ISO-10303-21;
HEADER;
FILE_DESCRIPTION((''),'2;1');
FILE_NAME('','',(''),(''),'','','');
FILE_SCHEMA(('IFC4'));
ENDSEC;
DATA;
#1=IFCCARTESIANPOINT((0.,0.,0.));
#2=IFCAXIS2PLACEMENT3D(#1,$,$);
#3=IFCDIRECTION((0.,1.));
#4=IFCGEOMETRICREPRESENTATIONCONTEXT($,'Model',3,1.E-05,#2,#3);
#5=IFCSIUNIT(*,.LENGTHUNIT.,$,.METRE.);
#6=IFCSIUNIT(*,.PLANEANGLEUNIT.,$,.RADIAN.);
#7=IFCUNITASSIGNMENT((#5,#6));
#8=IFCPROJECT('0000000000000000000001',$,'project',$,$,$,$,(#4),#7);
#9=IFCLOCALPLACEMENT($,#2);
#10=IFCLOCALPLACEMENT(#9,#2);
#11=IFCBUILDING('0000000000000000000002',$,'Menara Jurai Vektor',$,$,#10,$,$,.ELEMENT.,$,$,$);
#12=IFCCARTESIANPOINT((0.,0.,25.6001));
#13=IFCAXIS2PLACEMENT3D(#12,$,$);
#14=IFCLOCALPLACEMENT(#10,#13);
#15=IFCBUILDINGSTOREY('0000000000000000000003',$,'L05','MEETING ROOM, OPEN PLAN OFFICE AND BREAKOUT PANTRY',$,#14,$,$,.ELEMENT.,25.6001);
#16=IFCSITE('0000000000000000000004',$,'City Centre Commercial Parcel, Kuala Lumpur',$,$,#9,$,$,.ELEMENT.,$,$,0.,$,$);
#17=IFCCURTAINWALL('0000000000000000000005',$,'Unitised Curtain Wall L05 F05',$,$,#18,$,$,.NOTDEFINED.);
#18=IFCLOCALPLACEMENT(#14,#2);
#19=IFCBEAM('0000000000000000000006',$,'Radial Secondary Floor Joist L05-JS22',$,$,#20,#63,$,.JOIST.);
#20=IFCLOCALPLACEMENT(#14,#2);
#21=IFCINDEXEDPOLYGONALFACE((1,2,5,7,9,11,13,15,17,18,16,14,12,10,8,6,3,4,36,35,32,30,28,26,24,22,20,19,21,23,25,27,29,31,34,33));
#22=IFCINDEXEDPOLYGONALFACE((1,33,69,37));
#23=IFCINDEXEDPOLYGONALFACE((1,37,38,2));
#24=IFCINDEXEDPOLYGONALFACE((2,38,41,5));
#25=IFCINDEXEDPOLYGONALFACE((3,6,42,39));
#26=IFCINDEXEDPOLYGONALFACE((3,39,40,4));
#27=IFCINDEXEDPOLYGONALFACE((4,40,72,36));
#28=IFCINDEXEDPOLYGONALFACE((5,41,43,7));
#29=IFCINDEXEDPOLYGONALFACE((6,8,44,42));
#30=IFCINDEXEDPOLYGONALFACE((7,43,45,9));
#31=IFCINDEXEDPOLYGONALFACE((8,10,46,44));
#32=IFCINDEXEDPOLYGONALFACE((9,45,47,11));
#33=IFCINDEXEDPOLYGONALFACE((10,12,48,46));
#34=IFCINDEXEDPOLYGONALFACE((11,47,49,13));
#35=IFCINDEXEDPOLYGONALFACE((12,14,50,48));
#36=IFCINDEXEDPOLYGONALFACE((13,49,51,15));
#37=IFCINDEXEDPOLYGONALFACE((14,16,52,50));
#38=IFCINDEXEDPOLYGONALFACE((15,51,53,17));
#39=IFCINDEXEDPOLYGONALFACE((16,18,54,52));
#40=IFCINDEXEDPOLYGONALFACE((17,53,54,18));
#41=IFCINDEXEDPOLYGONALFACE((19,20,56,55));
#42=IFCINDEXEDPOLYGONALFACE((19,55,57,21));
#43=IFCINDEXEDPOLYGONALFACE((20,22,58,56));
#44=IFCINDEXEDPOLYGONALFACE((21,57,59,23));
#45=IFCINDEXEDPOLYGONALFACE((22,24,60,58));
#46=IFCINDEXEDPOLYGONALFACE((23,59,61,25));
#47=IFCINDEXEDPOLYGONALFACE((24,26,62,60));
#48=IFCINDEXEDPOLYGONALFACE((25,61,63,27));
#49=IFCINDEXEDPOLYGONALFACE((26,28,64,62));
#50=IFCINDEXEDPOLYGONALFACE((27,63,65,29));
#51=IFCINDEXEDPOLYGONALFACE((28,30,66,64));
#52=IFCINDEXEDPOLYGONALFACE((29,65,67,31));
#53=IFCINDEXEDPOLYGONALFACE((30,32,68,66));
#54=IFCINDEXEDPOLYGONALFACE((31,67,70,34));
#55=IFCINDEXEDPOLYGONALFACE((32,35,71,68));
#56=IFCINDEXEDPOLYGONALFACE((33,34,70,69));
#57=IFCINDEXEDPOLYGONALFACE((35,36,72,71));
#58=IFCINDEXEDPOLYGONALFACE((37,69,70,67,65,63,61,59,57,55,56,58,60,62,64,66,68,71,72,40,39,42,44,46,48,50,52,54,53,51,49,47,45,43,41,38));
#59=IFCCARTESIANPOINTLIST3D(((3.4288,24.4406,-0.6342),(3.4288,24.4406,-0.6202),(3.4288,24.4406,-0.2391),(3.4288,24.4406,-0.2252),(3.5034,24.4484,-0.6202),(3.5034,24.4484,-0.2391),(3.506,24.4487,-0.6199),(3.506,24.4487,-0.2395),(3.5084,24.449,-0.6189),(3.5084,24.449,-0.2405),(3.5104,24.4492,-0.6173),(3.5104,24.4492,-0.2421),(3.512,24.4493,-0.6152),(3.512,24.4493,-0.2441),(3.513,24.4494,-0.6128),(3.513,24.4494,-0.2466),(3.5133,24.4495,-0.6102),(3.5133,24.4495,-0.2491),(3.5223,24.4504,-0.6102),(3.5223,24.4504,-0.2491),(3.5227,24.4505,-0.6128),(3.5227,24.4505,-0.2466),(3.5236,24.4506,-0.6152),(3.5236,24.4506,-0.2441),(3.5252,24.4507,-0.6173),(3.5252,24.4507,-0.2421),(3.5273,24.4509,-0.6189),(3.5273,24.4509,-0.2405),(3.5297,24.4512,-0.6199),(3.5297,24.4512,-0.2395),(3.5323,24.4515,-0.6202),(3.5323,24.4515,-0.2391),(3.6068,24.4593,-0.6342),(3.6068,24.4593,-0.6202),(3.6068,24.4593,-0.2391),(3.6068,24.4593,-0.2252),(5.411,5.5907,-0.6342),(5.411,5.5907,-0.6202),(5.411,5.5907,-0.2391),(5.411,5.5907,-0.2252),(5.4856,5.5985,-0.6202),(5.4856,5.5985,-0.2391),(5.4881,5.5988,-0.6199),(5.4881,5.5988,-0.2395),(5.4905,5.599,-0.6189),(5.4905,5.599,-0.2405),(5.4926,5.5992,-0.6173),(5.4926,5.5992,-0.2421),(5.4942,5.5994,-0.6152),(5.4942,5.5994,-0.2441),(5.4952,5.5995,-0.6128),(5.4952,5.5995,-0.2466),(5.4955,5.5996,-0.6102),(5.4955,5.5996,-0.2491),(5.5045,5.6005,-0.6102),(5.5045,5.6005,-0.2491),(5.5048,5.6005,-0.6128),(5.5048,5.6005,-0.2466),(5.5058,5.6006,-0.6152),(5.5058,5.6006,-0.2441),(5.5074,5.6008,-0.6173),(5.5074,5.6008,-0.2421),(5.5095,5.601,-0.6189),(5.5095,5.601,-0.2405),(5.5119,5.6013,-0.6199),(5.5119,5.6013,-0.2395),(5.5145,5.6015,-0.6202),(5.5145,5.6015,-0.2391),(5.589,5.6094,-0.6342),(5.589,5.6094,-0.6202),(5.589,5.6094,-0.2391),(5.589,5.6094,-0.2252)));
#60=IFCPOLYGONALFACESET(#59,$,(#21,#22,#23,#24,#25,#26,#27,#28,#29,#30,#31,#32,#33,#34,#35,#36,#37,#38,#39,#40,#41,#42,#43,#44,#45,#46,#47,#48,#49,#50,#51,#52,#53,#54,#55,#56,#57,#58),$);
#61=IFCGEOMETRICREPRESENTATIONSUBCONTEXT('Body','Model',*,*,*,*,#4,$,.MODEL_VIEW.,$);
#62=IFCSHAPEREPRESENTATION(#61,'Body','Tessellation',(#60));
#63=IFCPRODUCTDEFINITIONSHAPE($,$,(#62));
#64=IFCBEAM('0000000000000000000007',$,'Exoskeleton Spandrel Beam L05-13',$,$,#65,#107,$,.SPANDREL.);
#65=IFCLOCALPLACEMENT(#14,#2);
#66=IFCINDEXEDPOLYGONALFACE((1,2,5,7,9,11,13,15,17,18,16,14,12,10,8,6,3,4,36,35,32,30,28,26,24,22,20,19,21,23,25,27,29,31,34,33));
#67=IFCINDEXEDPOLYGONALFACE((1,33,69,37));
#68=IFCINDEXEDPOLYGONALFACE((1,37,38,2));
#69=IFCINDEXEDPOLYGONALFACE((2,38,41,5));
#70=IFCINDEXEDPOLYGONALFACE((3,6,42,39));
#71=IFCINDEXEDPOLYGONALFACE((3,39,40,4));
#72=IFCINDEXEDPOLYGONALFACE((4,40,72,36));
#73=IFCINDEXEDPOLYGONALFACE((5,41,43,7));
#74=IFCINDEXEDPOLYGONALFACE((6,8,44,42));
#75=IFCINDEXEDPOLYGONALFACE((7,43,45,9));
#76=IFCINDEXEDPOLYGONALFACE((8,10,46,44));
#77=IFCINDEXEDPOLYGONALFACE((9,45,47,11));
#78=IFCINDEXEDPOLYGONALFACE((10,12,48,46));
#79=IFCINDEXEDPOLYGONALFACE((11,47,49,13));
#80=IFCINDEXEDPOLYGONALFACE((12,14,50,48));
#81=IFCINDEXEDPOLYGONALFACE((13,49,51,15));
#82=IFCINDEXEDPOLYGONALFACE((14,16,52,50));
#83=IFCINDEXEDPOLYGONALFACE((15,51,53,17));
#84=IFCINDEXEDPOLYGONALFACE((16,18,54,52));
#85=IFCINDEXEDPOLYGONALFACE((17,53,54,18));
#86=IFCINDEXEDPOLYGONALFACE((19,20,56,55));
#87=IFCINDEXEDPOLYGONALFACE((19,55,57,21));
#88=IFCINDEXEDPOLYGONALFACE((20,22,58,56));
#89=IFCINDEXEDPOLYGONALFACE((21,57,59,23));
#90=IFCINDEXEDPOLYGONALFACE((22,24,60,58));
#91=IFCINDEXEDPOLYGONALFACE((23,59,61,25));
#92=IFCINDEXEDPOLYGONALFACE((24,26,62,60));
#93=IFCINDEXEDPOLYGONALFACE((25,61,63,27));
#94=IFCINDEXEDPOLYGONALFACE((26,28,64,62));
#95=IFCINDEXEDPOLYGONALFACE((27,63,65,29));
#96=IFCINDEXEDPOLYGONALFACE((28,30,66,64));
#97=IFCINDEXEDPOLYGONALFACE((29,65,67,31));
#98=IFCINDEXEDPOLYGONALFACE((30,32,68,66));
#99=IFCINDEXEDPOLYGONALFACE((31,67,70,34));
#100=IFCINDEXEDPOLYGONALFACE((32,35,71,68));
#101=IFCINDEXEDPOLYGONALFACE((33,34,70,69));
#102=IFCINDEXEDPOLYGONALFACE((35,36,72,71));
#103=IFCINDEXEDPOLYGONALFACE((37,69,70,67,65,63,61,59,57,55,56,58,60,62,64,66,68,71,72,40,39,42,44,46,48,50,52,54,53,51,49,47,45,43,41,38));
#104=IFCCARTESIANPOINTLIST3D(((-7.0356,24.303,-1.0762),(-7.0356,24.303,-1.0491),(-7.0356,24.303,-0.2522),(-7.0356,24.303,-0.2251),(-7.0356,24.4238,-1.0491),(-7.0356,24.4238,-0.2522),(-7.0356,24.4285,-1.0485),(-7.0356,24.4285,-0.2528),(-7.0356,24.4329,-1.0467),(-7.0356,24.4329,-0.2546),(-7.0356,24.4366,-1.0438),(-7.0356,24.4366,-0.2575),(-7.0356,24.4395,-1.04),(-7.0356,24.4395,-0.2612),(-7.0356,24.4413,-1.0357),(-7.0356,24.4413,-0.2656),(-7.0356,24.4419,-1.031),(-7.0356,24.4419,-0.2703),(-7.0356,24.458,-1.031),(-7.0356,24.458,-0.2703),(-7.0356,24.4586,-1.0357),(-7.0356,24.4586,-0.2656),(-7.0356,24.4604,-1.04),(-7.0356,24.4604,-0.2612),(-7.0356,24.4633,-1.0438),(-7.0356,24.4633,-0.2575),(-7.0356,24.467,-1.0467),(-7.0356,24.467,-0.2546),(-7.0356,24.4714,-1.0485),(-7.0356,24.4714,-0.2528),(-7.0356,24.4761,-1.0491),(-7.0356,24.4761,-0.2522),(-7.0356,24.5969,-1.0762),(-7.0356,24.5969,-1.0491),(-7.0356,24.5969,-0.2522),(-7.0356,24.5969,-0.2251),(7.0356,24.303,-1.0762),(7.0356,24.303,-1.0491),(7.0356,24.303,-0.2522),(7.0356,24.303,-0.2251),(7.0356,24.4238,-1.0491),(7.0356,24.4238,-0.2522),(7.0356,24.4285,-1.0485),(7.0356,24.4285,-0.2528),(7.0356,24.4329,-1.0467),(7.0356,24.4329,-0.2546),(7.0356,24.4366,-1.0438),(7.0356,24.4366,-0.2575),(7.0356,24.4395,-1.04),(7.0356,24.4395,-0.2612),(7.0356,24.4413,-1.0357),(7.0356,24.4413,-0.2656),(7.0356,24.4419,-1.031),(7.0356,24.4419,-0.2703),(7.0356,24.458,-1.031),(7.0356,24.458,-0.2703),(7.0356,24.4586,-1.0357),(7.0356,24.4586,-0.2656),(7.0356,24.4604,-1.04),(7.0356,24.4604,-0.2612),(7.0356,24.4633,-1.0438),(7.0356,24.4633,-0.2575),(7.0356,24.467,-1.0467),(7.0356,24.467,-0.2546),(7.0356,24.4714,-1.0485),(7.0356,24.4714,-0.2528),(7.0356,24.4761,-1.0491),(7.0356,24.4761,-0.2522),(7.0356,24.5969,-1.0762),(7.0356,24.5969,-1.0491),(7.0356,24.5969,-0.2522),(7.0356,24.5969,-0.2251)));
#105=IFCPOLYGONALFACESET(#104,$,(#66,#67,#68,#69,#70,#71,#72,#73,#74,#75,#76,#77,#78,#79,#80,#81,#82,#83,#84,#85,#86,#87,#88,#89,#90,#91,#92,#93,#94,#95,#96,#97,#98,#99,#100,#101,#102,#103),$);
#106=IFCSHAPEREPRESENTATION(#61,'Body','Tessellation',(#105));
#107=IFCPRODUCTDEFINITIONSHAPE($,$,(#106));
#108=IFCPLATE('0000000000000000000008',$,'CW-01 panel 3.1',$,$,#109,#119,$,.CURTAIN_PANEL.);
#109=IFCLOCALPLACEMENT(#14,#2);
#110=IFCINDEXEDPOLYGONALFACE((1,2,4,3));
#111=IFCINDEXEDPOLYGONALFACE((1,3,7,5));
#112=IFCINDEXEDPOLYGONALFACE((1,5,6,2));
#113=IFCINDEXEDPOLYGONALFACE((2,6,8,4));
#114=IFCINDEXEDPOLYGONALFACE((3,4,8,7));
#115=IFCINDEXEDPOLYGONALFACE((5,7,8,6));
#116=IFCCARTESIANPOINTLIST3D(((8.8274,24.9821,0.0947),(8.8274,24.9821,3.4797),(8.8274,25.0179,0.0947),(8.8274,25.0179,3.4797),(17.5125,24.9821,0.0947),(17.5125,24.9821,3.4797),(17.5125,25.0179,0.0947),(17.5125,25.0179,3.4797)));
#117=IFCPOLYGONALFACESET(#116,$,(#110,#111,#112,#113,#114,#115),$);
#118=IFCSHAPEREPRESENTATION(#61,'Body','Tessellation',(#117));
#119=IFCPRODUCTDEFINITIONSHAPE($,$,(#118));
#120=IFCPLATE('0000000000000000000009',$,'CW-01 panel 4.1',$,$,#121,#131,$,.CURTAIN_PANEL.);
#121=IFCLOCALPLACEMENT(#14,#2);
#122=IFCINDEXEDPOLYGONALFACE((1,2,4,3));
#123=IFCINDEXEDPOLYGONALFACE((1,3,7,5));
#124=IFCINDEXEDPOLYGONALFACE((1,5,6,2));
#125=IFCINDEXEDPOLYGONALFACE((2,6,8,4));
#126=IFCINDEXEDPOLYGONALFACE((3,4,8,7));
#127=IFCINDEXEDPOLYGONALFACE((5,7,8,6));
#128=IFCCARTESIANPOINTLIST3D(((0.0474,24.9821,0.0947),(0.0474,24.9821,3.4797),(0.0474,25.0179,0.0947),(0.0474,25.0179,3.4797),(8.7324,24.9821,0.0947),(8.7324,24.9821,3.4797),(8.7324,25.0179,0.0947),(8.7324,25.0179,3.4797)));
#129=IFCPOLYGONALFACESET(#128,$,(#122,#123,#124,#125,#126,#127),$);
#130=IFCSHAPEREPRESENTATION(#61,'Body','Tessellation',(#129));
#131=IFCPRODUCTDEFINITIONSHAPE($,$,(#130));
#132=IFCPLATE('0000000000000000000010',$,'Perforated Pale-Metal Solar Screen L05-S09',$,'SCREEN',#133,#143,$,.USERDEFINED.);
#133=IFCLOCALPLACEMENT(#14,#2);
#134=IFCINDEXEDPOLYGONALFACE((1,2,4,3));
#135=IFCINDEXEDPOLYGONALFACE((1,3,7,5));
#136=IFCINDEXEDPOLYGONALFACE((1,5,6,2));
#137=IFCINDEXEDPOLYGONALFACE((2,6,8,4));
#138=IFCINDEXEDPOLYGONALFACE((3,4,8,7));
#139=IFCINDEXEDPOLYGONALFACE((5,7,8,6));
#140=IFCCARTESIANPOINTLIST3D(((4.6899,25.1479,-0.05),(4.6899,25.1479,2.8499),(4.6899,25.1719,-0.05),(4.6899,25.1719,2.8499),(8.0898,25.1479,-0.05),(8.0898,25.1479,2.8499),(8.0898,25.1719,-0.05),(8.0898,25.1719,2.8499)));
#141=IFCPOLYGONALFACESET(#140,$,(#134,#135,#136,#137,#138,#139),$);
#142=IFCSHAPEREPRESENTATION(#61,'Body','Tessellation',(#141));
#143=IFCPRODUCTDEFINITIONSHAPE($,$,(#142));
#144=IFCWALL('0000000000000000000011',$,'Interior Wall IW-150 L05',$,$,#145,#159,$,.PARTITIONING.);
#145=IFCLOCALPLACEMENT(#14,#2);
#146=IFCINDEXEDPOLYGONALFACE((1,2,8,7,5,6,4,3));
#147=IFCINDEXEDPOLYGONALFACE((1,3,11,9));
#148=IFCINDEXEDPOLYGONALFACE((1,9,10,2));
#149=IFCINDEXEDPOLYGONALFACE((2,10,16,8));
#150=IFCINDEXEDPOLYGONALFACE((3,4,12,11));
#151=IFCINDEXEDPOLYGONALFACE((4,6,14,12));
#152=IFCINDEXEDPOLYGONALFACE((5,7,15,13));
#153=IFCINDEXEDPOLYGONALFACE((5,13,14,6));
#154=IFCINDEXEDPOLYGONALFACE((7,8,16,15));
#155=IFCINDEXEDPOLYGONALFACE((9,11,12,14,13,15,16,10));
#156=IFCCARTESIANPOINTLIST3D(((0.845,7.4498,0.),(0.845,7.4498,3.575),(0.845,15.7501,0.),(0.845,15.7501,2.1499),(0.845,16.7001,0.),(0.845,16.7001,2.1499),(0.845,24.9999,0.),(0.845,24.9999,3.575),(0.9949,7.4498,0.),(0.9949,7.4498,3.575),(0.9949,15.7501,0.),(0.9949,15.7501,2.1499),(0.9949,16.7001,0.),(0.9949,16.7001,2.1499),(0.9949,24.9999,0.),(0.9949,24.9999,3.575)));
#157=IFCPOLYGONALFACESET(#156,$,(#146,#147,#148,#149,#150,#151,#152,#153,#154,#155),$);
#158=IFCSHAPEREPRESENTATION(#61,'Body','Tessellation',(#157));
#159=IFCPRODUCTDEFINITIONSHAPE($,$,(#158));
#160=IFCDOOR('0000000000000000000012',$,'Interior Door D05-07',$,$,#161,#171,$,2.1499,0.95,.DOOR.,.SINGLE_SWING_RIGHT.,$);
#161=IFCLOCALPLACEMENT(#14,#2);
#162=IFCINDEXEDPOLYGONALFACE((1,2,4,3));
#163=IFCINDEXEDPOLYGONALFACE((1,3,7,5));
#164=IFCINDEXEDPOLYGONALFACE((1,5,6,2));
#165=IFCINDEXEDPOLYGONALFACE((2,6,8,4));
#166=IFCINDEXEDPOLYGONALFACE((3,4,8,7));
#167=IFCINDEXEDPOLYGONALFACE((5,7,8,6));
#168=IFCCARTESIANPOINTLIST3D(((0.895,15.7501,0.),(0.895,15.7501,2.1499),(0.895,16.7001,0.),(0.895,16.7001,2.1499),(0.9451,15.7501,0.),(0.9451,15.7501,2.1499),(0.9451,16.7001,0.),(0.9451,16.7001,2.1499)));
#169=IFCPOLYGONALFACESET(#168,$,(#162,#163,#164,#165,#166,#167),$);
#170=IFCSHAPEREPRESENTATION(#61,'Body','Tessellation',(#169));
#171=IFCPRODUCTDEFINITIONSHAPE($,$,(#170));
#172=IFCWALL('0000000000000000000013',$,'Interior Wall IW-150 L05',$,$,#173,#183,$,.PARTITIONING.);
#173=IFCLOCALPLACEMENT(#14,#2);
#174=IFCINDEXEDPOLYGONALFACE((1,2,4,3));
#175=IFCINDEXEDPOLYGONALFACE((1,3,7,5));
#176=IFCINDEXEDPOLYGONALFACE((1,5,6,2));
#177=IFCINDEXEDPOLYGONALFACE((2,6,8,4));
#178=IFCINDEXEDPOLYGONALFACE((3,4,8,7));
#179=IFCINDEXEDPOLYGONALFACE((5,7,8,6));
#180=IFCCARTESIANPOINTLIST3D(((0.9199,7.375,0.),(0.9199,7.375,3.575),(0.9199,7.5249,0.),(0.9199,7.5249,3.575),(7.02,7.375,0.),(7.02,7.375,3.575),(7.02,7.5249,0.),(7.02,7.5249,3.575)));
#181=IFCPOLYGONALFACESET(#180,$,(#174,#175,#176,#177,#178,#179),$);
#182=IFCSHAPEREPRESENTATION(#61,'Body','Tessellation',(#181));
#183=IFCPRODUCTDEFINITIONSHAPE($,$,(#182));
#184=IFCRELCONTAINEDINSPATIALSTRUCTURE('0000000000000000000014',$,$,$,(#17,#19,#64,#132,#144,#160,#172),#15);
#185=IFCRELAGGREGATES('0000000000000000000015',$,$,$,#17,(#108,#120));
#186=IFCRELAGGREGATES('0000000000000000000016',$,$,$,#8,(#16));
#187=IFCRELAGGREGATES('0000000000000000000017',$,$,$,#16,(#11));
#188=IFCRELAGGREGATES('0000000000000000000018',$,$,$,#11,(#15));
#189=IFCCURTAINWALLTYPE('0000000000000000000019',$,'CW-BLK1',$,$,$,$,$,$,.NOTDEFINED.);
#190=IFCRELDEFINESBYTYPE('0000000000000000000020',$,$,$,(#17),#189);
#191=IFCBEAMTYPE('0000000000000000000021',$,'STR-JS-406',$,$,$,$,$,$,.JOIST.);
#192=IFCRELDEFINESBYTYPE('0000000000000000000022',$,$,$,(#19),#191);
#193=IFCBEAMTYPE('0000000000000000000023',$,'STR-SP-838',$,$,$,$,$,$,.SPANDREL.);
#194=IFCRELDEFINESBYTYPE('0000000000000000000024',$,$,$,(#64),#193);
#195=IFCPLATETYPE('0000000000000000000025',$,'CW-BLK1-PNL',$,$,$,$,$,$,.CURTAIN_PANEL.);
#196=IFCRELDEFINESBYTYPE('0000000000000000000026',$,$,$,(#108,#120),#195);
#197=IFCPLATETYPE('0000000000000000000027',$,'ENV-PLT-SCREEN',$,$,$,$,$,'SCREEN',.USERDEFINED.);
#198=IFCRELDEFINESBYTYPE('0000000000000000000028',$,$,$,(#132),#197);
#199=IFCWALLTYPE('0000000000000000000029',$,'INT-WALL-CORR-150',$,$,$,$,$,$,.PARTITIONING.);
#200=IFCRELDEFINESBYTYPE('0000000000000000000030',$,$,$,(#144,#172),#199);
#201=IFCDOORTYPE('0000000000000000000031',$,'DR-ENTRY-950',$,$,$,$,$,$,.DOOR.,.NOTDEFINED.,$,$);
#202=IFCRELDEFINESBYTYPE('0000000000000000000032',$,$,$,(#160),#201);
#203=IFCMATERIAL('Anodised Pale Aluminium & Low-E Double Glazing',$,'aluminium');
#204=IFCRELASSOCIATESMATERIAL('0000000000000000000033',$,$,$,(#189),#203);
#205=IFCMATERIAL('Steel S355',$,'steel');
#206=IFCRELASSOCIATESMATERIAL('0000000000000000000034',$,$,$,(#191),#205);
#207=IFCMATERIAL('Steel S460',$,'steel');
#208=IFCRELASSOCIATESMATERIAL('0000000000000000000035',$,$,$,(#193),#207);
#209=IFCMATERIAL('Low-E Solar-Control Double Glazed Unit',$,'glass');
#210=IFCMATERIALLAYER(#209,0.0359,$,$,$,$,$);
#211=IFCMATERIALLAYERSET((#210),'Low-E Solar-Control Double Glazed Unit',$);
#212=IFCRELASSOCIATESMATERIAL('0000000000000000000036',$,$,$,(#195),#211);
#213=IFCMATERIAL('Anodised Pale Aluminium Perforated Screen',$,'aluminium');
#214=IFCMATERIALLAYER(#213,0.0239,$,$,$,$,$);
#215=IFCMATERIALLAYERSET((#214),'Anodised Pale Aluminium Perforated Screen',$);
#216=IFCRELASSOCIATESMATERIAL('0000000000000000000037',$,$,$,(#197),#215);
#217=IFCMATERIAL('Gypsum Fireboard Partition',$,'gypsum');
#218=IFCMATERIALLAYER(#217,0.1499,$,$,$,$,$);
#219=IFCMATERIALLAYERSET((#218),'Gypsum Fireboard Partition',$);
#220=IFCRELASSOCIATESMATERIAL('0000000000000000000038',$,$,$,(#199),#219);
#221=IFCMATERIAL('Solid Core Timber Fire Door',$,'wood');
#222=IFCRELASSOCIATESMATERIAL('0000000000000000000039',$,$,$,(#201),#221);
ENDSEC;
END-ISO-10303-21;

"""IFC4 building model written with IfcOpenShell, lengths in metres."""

from ifc_helpers import new_model, si_unit, direction, frame, frame_2d, origin, origin_2d, place, context, subcontext, project, spatial, rectangle, i_section, extrude, material, layer, layer_set, material_profile, profile_set, type_object, element, fill, aggregate, save


model = new_model("IFC4")

# Units and contexts
model_context = context("Model", 3, precision=1e-05, world=origin(), true_north=direction((0.0, 1.0)))
body_context = subcontext(model_context, "Body", "Model", "MODEL_VIEW")
ifc_project = project(units=[si_unit("LENGTHUNIT", "METRE"), si_unit("PLANEANGLEUNIT", "RADIAN")], contexts=[model_context])

# Site, building, storey
site_placement = place(None, origin())
site = spatial("IfcSite", under=ifc_project, at=site_placement, Name="City Centre Commercial Parcel, Kuala Lumpur", CompositionType="ELEMENT", RefElevation=0.0)
building_placement = place(site_placement, origin())
building = spatial("IfcBuilding", under=site, at=building_placement, Name="Menara Jurai Vektor", CompositionType="ELEMENT")
storey_placement = place(building_placement, frame((0.0, 0.0, 25.6001)))
storey = spatial("IfcBuildingStorey", under=building, at=storey_placement, Name="L05", Description="MEETING ROOM, OPEN PLAN OFFICE AND BREAKOUT PANTRY", CompositionType="ELEMENT", Elevation=25.6001)

# Shared definitions
ifc_material_1 = material(Name="Steel S460", Category="steel")

# Curtain wall
ifc_material_2 = material(Name="Anodised Pale Aluminium & Low-E Double Glazing", Category="aluminium")
curtain_wall_type = type_object("IfcCurtainWallType", Name="CW-BLK1", PredefinedType="NOTDEFINED", material=ifc_material_2)
curtain_wall_placement = place(storey_placement, origin())
curtain_wall = element("IfcCurtainWall", 1, at=curtain_wall_placement, inside=storey, type_object=curtain_wall_type, Name="Unitised Curtain Wall L05 F05", PredefinedType="NOTDEFINED")

# Beams
ifc_material_3 = material(Name="Steel S355", Category="steel")
ifc_material_profile_1 = material_profile(ifc_material_3, i_section(OverallWidth=0.179, OverallDepth=0.4089, WebThickness=0.009, FlangeThickness=0.0139, FilletRadius=0.01, at=origin_2d()), Name="UKB 406x178x67")
ifc_profile_set_1 = profile_set([ifc_material_profile_1], Name="Steel S355")
beam_type_1 = type_object("IfcBeamType", Name="STR-JS-406", PredefinedType="JOIST", material=ifc_profile_set_1)
beam_1_placement = place(storey_placement, frame((3.5178, 24.45, -0.4297), z_axis=(0.10458, -0.994517, 0.0), x_axis=(0.994517, 0.10458, 0.0)))
element("IfcBeam", 2, at=beam_1_placement, inside=storey, type_object=beam_type_1, Name="Radial Secondary Floor Joist L05-JS22", PredefinedType="JOIST", context=body_context, shape_type="SweptSolid", body=[
    extrude(i_section(OverallWidth=0.179, OverallDepth=0.4089, WebThickness=0.009, FlangeThickness=0.0139, FilletRadius=0.01, at=origin_2d()), origin(), (0.0, 0.0, 1.0), 18.9539),
])
ifc_material_profile_2 = material_profile(ifc_material_1, i_section(OverallWidth=0.2939, OverallDepth=0.8511, WebThickness=0.0161, FlangeThickness=0.0271, FilletRadius=0.0181, at=origin_2d()), Name="UKB 838x292x226")
ifc_profile_set_2 = profile_set([ifc_material_profile_2], Name="Steel S460")
beam_type_2 = type_object("IfcBeamType", Name="STR-SP-838", PredefinedType="SPANDREL", material=ifc_profile_set_2)
beam_2_placement = place(storey_placement, frame((7.0356, 24.45, -0.6506), z_axis=(-1.0, 0.0, 0.0), x_axis=(0.0, -1.0, 0.0)))
element("IfcBeam", 3, at=beam_2_placement, inside=storey, type_object=beam_type_2, Name="Exoskeleton Spandrel Beam L05-13", PredefinedType="SPANDREL", context=body_context, shape_type="SweptSolid", body=[
    extrude(i_section(OverallWidth=0.2939, OverallDepth=0.8511, WebThickness=0.0161, FlangeThickness=0.0271, FilletRadius=0.0181, at=origin_2d()), origin(), (0.0, 0.0, 1.0), 14.0713),
])

# Plates
ifc_material_4 = material(Name="Low-E Solar-Control Double Glazed Unit", Category="glass")
ifc_layer_1 = layer(ifc_material_4, 0.0359)
ifc_layer_set_1 = layer_set([ifc_layer_1], Name="Low-E Solar-Control Double Glazed Unit")
plate_type_1 = type_object("IfcPlateType", Name="CW-BLK1-PNL", PredefinedType="CURTAIN_PANEL", material=ifc_layer_set_1)
plate_1_placement = place(storey_placement, frame((13.1699, 25.0, 0.0947), z_axis=(0.0, 0.0, 1.0), x_axis=(-1.0, 0.0, 0.0)))
plate_1 = element("IfcPlate", 4, at=plate_1_placement, type_object=plate_type_1, Name="CW-01 panel 3.1", PredefinedType="CURTAIN_PANEL", context=body_context, shape_type="SweptSolid", body=[
    extrude(rectangle(XDim=8.6851, YDim=0.0359, at=origin_2d()), origin(), (0.0, 0.0, 1.0), 3.385),
])
plate_2_placement = place(storey_placement, frame((4.3899, 25.0, 0.0947), z_axis=(0.0, 0.0, 1.0), x_axis=(-1.0, 0.0, 0.0)))
plate_2 = element("IfcPlate", 5, at=plate_2_placement, type_object=plate_type_1, Name="CW-01 panel 4.1", PredefinedType="CURTAIN_PANEL", context=body_context, shape_type="SweptSolid", body=[
    extrude(rectangle(XDim=8.6851, YDim=0.0359, at=origin_2d()), origin(), (0.0, 0.0, 1.0), 3.385),
])
aggregate(curtain_wall, [plate_1, plate_2])
ifc_material_5 = material(Name="Anodised Pale Aluminium Perforated Screen", Category="aluminium")
ifc_layer_2 = layer(ifc_material_5, 0.0239)
ifc_layer_set_2 = layer_set([ifc_layer_2], Name="Anodised Pale Aluminium Perforated Screen")
plate_type_2 = type_object("IfcPlateType", Name="ENV-PLT-SCREEN", ElementType="SCREEN", PredefinedType="USERDEFINED", material=ifc_layer_set_2)
plate_3_placement = place(storey_placement, frame((6.3899, 25.1599, -0.05), z_axis=(0.0, 0.0, 1.0), x_axis=(-1.0, 0.0, 0.0)))
element("IfcPlate", 6, at=plate_3_placement, inside=storey, type_object=plate_type_2, Name="Perforated Pale-Metal Solar Screen L05-S09", ObjectType="SCREEN", PredefinedType="USERDEFINED", context=body_context, shape_type="SweptSolid", body=[
    extrude(rectangle(XDim=3.3999, YDim=0.0239, at=origin_2d()), origin(), (0.0, 0.0, 1.0), 2.8999),
])

# Wall, opening, door
ifc_material_6 = material(Name="Gypsum Fireboard Partition", Category="gypsum")
ifc_layer_3 = layer(ifc_material_6, 0.1499)
ifc_layer_set_3 = layer_set([ifc_layer_3], Name="Gypsum Fireboard Partition")
wall_type_1 = type_object("IfcWallType", Name="INT-WALL-CORR-150", PredefinedType="PARTITIONING", material=ifc_layer_set_3)
wall_1_placement = place(storey_placement, frame((0.9199, 7.45, 0.0), z_axis=(0.0, 0.0, 1.0), x_axis=(0.0, 1.0, 0.0)))
wall_1 = element("IfcWall", 7, at=wall_1_placement, inside=storey, type_object=wall_type_1, Name="Interior Wall IW-150 L05", PredefinedType="PARTITIONING", context=body_context, shape_type="SweptSolid", body=[
    extrude(rectangle(XDim=17.55, YDim=0.1499, at=frame_2d((8.7749, 0.0))), origin(), (0.0, 0.0, 1.0), 3.575),
])
opening_1_placement = place(wall_1_placement, frame((8.3, 0.0, 0.0)))
opening_1 = element("IfcOpeningElement", 8, at=opening_1_placement, cuts=wall_1, PredefinedType="OPENING", context=body_context, shape_type="SweptSolid", body=[
    extrude(rectangle(XDim=0.95, YDim=2.1499, at=frame_2d((0.4751, 1.075))), frame((0.0, 0.085, 0.0), z_axis=(0.0, -1.0, 0.0), x_axis=(1.0, 0.0, 0.0)), (0.0, 0.0, 1.0), 0.1699),
])
ifc_material_7 = material(Name="Solid Core Timber Fire Door", Category="wood")
door_type = type_object("IfcDoorType", Name="DR-ENTRY-950", OperationType="NOTDEFINED", PredefinedType="DOOR", material=ifc_material_7)
door_1_placement = place(opening_1_placement, origin())
door_1 = element("IfcDoor", 9, at=door_1_placement, inside=storey, type_object=door_type, Name="Interior Door D05-07", OperationType="SINGLE_SWING_RIGHT", OverallHeight=2.1499, OverallWidth=0.95, PredefinedType="DOOR", context=body_context, shape_type="SweptSolid", body=[
    extrude(rectangle(XDim=0.95, YDim=2.1499, at=frame_2d((0.4751, 1.075))), frame((0.0, 0.0249, 0.0), z_axis=(0.0, -1.0, 0.0), x_axis=(1.0, 0.0, 0.0)), (0.0, 0.0, 1.0), 0.05),
])
fill(opening_1, door_1)

# Wall
wall_2_placement = place(storey_placement, frame((0.9199, 7.45, 0.0), z_axis=(0.0, 0.0, 1.0), x_axis=(1.0, 0.0, 0.0)))
element("IfcWall", 10, at=wall_2_placement, inside=storey, type_object=wall_type_1, Name="Interior Wall IW-150 L05", PredefinedType="PARTITIONING", context=body_context, shape_type="SweptSolid", body=[
    extrude(rectangle(XDim=6.1001, YDim=0.1499, at=frame_2d((3.05, 0.0))), origin(), (0.0, 0.0, 1.0), 3.575),
])

save(model, "model.ifc")
